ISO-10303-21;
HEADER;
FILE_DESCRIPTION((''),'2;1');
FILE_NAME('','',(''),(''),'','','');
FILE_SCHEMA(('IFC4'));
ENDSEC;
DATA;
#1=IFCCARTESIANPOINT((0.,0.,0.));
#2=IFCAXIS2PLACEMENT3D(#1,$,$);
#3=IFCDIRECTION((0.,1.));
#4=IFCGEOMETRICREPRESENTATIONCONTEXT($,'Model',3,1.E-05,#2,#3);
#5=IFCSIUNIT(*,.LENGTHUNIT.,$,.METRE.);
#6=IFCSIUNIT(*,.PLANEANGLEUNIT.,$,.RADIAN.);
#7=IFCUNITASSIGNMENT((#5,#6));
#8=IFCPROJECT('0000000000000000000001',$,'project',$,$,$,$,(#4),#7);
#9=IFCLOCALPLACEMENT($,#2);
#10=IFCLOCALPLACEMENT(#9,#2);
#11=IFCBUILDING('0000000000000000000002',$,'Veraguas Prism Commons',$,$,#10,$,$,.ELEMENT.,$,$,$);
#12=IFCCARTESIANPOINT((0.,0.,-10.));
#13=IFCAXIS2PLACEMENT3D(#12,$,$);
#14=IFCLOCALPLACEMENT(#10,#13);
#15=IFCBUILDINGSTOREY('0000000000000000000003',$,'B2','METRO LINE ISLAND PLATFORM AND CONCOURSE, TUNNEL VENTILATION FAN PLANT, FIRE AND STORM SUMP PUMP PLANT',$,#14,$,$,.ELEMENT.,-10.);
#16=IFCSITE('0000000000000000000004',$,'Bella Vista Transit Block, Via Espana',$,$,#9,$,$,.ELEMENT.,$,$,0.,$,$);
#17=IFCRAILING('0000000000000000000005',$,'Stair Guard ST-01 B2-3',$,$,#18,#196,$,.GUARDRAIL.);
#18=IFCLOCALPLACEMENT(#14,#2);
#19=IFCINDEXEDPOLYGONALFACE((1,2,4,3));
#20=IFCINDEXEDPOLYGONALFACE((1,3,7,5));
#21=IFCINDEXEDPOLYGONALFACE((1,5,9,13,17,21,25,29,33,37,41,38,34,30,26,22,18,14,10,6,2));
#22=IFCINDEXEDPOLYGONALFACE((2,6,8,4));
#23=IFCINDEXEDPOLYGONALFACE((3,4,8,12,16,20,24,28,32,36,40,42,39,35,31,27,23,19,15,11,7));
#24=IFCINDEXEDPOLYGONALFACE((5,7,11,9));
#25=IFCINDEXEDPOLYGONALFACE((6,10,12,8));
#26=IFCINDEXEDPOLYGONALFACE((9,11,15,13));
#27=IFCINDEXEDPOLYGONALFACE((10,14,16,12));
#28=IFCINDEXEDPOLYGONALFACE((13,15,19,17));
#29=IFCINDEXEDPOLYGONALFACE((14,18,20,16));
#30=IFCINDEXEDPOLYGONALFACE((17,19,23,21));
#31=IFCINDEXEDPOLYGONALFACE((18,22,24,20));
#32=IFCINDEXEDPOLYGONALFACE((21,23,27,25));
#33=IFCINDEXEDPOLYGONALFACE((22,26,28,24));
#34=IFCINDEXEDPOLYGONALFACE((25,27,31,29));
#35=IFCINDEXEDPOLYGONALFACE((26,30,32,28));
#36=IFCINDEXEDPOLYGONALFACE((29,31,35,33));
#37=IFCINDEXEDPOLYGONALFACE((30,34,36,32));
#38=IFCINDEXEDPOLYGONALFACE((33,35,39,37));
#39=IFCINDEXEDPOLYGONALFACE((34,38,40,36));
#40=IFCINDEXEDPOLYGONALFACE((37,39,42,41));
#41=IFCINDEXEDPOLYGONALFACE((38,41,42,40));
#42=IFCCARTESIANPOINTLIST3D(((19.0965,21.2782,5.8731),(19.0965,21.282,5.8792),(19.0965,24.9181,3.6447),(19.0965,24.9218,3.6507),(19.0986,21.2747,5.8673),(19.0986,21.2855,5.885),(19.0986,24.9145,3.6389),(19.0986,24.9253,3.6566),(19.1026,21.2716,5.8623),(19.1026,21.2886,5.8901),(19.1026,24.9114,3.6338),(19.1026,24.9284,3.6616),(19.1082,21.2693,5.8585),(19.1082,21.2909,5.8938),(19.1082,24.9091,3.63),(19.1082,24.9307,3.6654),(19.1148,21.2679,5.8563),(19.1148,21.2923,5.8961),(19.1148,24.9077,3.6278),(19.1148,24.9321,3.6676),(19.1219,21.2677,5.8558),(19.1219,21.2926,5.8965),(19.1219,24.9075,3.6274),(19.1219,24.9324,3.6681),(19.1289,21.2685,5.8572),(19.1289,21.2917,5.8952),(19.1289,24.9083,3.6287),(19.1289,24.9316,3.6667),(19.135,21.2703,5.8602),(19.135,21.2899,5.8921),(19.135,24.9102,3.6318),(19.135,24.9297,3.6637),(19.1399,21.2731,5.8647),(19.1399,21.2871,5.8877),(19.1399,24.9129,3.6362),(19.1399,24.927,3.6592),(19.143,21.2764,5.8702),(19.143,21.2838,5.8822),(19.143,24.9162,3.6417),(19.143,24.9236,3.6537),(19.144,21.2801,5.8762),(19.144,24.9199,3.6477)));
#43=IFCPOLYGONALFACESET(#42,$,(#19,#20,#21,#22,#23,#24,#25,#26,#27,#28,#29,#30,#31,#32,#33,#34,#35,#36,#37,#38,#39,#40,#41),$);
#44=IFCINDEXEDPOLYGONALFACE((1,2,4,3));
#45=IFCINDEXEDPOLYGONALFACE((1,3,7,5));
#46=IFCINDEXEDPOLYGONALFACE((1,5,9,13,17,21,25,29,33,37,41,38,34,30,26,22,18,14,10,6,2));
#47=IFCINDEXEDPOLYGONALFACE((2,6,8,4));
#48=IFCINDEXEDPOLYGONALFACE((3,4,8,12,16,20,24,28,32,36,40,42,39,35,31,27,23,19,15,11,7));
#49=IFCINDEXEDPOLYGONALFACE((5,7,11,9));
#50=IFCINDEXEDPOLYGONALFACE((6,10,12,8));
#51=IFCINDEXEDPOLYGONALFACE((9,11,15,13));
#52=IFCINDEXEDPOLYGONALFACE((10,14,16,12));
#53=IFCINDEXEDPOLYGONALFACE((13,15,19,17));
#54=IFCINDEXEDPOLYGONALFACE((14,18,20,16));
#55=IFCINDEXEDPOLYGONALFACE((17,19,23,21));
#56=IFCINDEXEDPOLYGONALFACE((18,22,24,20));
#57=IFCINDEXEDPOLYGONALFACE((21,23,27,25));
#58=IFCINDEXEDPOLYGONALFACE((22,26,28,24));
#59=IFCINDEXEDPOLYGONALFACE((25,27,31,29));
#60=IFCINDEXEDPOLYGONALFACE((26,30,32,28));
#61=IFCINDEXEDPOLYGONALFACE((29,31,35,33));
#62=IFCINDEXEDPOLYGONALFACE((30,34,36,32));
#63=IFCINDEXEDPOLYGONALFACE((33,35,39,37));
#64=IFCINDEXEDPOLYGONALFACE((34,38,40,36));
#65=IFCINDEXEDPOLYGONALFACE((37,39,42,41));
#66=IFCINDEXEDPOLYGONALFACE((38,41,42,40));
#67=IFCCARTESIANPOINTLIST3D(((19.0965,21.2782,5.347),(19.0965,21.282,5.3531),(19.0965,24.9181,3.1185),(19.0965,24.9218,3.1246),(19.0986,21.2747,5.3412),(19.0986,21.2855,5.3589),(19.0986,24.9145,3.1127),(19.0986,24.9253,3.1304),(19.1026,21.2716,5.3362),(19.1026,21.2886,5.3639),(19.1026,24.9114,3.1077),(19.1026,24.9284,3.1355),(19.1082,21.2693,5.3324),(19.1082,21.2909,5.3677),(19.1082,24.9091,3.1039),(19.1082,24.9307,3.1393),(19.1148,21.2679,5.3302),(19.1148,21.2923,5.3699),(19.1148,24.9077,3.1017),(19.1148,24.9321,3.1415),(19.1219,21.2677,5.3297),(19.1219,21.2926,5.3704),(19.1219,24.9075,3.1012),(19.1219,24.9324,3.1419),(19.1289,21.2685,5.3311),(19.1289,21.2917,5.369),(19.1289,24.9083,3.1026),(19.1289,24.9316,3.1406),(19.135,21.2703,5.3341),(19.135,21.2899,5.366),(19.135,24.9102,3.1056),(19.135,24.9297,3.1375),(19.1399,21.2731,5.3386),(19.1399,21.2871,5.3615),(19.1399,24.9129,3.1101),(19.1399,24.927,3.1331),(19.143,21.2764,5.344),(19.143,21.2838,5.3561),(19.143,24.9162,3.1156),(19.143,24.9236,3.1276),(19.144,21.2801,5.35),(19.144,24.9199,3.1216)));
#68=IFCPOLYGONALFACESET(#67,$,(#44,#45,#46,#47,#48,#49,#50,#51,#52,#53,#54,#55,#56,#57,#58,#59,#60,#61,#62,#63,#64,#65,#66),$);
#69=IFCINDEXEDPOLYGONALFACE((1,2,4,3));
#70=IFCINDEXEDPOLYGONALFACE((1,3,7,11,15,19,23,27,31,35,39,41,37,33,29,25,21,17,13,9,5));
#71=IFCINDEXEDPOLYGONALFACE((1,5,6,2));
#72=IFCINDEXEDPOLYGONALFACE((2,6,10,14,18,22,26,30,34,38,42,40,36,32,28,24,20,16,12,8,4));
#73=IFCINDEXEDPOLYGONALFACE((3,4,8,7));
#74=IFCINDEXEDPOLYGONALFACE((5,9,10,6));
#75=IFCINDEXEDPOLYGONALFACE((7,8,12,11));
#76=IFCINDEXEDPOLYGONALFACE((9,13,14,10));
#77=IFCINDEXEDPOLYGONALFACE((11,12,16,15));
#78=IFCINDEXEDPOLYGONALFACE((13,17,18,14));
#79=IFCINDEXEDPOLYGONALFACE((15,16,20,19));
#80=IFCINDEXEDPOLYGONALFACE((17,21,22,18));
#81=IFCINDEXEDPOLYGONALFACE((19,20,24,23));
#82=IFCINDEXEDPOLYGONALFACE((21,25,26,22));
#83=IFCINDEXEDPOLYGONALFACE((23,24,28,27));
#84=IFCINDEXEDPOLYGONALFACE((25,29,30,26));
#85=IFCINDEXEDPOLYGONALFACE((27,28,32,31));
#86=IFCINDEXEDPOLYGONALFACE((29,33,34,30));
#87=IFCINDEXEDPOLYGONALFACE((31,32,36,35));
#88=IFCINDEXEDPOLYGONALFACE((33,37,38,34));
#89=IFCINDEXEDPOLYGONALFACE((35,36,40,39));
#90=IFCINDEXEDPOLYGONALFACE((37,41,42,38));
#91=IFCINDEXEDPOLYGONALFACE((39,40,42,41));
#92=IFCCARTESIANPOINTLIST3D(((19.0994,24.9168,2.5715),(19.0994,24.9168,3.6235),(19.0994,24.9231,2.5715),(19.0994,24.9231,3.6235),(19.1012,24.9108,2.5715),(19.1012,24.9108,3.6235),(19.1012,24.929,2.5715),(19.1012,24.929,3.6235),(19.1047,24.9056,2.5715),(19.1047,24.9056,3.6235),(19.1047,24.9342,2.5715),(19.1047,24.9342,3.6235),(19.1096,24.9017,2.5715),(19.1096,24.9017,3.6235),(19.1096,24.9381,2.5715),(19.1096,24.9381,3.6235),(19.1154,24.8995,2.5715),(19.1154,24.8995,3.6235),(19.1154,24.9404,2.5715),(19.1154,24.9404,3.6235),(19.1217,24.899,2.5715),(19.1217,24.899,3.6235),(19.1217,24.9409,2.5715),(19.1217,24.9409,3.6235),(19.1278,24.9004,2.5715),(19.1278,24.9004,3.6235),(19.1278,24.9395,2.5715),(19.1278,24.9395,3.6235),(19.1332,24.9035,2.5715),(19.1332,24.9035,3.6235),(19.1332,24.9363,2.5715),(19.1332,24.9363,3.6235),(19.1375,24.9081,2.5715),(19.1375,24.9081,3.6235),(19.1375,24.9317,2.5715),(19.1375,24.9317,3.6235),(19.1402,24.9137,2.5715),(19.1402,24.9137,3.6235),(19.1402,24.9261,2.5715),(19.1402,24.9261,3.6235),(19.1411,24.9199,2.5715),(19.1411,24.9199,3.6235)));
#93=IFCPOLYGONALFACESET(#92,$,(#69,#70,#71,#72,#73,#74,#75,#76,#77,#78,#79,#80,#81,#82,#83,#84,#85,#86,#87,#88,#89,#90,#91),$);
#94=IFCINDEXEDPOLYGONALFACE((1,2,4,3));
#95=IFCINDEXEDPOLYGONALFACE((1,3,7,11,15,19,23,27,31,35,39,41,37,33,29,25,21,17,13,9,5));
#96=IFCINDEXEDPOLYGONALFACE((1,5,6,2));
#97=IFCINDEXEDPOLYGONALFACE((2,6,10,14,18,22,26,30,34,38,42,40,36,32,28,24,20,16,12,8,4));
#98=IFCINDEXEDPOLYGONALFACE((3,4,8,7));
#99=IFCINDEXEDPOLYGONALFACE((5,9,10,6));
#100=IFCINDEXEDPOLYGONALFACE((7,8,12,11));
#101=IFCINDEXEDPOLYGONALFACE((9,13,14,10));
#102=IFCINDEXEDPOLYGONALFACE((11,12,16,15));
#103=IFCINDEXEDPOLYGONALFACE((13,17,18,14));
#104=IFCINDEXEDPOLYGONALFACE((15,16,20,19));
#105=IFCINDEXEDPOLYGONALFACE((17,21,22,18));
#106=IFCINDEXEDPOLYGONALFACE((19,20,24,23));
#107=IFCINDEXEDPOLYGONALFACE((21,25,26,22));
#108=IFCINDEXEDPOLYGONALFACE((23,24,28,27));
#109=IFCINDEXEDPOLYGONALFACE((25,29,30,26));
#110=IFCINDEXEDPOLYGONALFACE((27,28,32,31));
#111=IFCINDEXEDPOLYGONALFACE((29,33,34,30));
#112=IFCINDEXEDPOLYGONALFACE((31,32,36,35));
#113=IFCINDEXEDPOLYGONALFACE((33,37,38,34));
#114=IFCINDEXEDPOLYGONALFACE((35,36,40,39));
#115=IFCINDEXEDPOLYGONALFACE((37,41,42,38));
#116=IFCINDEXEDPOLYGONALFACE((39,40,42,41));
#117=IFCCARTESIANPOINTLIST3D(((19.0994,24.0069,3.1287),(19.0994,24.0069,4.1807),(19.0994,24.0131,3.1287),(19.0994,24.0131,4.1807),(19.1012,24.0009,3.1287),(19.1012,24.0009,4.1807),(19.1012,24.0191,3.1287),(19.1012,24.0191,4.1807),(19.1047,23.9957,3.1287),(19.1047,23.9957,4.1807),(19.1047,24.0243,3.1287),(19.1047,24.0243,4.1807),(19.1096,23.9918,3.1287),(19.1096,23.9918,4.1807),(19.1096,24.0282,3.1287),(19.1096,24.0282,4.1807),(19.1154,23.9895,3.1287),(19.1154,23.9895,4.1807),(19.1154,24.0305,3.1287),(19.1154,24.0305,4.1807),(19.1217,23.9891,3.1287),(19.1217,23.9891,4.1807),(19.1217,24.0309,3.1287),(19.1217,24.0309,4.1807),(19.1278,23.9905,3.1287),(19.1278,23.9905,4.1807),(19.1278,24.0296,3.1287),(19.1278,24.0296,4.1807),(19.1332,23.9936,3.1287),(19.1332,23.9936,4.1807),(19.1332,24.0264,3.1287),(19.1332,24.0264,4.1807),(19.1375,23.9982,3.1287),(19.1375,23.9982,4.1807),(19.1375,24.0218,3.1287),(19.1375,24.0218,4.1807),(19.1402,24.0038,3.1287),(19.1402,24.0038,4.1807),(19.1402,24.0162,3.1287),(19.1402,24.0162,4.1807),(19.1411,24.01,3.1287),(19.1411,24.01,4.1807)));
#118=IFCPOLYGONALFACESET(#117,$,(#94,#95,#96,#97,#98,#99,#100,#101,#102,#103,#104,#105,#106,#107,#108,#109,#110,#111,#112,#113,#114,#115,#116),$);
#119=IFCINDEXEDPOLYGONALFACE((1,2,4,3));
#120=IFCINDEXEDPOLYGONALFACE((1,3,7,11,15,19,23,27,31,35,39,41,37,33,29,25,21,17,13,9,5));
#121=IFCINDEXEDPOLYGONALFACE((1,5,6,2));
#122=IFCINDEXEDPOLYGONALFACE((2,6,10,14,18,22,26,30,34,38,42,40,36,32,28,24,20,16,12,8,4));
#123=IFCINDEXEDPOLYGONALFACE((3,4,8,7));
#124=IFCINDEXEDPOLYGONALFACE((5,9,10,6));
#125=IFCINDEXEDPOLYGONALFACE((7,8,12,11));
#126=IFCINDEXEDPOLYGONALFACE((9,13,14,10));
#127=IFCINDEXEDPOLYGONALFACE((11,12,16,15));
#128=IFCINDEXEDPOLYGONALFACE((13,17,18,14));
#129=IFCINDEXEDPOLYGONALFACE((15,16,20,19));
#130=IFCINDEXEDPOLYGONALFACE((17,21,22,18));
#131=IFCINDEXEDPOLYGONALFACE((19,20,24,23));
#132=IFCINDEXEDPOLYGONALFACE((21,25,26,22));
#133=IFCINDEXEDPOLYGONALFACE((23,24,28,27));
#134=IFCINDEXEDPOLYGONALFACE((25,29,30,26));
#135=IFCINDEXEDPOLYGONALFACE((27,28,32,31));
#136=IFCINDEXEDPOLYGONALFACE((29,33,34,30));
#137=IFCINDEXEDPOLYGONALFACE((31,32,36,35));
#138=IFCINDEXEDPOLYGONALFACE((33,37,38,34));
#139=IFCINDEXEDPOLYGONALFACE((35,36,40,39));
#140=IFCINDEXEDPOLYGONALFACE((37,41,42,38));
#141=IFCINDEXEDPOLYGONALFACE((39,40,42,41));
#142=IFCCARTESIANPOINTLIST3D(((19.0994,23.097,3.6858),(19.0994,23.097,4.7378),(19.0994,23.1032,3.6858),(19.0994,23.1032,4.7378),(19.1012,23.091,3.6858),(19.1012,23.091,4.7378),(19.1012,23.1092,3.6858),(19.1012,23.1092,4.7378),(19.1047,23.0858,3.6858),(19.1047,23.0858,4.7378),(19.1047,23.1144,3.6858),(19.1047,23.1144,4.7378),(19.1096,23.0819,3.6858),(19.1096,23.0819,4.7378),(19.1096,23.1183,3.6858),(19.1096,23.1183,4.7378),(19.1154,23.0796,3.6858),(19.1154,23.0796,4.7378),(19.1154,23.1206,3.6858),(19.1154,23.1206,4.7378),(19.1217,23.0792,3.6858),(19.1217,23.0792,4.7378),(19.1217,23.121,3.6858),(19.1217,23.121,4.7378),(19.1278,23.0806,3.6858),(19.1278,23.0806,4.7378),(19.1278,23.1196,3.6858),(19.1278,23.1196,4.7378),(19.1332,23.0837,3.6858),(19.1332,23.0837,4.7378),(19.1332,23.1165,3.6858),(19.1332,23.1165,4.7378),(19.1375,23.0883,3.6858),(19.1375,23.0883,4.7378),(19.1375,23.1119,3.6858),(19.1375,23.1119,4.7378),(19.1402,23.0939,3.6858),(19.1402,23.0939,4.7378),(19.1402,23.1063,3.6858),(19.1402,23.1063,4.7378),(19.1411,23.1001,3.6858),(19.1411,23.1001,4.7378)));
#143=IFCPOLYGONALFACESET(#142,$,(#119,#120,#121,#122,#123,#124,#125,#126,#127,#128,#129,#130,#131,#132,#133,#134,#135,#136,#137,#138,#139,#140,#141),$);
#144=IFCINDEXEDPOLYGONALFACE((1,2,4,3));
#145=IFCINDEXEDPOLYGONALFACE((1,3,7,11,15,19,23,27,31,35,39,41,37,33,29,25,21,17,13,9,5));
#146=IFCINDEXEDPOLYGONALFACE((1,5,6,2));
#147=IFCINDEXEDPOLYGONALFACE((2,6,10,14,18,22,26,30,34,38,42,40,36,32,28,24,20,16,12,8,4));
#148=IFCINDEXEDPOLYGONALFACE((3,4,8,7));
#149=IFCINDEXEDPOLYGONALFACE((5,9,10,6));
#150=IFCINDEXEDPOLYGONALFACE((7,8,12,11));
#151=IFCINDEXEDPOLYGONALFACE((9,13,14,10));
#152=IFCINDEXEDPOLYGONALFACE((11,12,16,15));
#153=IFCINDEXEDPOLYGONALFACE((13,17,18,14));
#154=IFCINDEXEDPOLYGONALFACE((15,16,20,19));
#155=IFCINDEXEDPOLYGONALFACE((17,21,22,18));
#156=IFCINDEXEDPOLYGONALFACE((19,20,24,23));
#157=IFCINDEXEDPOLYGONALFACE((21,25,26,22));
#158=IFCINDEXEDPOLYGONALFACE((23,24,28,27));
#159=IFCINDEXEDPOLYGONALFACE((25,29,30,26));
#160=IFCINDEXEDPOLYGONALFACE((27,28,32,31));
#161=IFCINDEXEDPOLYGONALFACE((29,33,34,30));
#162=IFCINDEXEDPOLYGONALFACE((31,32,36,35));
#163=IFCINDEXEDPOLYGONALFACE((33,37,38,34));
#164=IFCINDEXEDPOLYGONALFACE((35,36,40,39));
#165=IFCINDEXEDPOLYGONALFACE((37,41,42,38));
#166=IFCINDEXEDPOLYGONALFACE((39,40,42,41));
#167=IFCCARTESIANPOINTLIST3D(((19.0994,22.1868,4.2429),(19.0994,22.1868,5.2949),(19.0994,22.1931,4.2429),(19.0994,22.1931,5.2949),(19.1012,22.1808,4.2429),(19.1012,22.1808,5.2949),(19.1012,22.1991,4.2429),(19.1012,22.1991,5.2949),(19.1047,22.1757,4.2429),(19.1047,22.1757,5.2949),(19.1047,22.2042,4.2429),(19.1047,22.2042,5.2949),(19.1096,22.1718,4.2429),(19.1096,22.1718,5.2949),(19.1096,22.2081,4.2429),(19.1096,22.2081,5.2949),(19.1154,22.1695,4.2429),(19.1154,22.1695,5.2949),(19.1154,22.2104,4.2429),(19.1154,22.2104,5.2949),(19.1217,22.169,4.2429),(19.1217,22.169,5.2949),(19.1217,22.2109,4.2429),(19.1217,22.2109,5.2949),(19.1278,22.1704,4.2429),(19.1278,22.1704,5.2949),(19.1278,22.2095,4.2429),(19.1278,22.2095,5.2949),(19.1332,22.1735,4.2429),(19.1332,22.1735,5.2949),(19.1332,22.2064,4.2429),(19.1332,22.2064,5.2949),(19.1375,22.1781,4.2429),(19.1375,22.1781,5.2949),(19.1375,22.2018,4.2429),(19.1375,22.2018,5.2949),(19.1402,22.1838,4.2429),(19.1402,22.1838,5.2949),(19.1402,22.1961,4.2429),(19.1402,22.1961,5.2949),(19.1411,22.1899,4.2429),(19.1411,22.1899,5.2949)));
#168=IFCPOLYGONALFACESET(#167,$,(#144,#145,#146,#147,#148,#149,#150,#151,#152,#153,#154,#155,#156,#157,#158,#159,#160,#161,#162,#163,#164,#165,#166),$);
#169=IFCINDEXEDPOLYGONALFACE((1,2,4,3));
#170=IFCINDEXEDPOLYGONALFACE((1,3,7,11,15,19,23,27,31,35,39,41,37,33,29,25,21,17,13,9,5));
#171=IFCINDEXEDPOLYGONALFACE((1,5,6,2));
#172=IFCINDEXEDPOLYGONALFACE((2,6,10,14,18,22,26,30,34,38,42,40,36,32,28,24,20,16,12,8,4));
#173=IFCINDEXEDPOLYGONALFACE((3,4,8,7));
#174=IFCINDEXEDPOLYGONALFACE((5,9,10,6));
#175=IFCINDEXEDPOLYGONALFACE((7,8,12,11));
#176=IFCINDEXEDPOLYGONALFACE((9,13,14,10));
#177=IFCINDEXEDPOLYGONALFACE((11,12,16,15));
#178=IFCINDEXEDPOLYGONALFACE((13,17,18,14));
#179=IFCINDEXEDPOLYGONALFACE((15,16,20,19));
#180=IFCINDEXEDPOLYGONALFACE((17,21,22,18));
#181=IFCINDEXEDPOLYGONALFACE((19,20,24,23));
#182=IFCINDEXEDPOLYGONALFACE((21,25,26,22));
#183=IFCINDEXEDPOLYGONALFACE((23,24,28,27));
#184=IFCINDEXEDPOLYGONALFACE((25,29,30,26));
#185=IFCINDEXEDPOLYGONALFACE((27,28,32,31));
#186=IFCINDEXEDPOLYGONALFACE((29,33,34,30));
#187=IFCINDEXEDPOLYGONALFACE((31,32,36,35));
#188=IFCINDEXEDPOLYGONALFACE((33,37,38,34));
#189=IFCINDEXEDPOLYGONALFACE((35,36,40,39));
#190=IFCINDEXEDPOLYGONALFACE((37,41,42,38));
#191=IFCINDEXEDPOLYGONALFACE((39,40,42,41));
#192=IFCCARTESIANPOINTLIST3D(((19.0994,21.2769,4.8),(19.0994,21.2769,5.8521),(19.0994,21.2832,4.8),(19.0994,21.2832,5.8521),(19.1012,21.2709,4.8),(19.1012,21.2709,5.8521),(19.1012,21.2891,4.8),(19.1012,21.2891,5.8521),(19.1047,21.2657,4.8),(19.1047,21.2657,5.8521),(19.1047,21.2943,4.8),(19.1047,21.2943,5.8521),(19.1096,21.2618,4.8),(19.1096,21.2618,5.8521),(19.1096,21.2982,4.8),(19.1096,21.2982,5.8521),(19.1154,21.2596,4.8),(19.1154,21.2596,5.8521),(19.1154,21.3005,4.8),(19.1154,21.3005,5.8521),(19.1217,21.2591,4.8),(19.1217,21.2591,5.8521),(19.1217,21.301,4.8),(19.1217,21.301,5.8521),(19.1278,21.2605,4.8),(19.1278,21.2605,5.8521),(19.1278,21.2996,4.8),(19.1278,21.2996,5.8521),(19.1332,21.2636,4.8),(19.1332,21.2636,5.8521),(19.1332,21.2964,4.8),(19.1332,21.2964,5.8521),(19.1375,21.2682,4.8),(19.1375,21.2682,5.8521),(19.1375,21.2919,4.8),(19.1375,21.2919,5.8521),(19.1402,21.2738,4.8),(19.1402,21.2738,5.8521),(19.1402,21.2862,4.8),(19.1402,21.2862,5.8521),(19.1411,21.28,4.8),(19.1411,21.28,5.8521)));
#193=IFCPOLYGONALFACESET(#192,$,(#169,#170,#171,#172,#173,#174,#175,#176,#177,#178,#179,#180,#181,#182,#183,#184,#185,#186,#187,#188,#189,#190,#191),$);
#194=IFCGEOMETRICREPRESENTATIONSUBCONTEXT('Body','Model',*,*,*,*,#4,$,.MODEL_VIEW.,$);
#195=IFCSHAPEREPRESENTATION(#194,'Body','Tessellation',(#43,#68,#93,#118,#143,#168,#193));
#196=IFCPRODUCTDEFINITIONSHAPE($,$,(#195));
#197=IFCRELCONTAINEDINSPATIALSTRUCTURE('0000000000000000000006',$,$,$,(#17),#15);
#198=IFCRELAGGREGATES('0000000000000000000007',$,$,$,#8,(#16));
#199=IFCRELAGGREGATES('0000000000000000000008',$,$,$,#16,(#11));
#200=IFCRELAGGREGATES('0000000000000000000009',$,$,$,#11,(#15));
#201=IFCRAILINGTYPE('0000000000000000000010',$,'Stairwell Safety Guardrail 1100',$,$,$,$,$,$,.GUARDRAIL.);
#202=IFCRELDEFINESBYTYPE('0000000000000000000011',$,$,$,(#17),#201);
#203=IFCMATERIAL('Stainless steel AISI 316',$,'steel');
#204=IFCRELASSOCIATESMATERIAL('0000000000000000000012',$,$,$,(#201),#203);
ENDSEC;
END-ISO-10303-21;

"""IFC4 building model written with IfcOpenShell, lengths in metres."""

from ifc_helpers import new_model, si_unit, direction, frame, origin, origin_2d, place, context, subcontext, project, spatial, circle, extrude, material, type_object, element, save


model = new_model("IFC4")

# Units and contexts
model_context = context("Model", 3, precision=1e-05, world=origin(), true_north=direction((0.0, 1.0)))
body_context = subcontext(model_context, "Body", "Model", "MODEL_VIEW")
ifc_project = project(units=[si_unit("LENGTHUNIT", "METRE"), si_unit("PLANEANGLEUNIT", "RADIAN")], contexts=[model_context])

# Site, building, storey
site_placement = place(None, origin())
site = spatial("IfcSite", under=ifc_project, at=site_placement, Name="Bella Vista Transit Block, Via Espana", CompositionType="ELEMENT", RefElevation=0.0)
building_placement = place(site_placement, origin())
building = spatial("IfcBuilding", under=site, at=building_placement, Name="Veraguas Prism Commons", CompositionType="ELEMENT")
storey_placement = place(building_placement, frame((0.0, 0.0, -10.0)))
storey = spatial("IfcBuildingStorey", under=building, at=storey_placement, Name="B2", Description="METRO LINE ISLAND PLATFORM AND CONCOURSE, TUNNEL VENTILATION FAN PLANT, FIRE AND STORM SUMP PUMP PLANT", CompositionType="ELEMENT", Elevation=-10.0)

# Railing
ifc_material_1 = material(Name="Stainless steel AISI 316", Category="steel")
railing_type_1 = type_object("IfcRailingType", Name="Stairwell Safety Guardrail 1100", PredefinedType="GUARDRAIL", material=ifc_material_1)
railing_1_placement = place(storey_placement, frame((19.1201, 24.9199, 2.5715)))
element("IfcRailing", 1, at=railing_1_placement, inside=storey, type_object=railing_type_1, Name="Stair Guard ST-01 B2-3", PredefinedType="GUARDRAIL", context=body_context, shape_type="SweptSolid", body=[
    extrude(circle(Radius=0.0239, at=origin_2d()), frame((0.0, 0.0, 1.0762), z_axis=(0.0, -0.85285, 0.522156), x_axis=(1.0, 0.0, 0.0)), (0.0, 0.0, 1.0), 4.2678),
    extrude(circle(Radius=0.0239, at=origin_2d()), frame((0.0, 0.0, 0.55), z_axis=(0.0, -0.85285, 0.522156), x_axis=(1.0, 0.0, 0.0)), (0.0, 0.0, 1.0), 4.2678),
    extrude(circle(Radius=0.021, at=origin_2d()), origin(), (0.0, 0.0, 1.0), 1.052),
    extrude(circle(Radius=0.021, at=origin_2d()), frame((0.0, -0.9099, 0.5571)), (0.0, 0.0, 1.0), 1.052),
    extrude(circle(Radius=0.021, at=origin_2d()), frame((0.0, -1.8198, 1.1143)), (0.0, 0.0, 1.0), 1.052),
    extrude(circle(Radius=0.021, at=origin_2d()), frame((0.0, -2.73, 1.6714)), (0.0, 0.0, 1.0), 1.052),
    extrude(circle(Radius=0.021, at=origin_2d()), frame((0.0, -3.6399, 2.2285)), (0.0, 0.0, 1.0), 1.052),
])

save(model, "model.ifc")
